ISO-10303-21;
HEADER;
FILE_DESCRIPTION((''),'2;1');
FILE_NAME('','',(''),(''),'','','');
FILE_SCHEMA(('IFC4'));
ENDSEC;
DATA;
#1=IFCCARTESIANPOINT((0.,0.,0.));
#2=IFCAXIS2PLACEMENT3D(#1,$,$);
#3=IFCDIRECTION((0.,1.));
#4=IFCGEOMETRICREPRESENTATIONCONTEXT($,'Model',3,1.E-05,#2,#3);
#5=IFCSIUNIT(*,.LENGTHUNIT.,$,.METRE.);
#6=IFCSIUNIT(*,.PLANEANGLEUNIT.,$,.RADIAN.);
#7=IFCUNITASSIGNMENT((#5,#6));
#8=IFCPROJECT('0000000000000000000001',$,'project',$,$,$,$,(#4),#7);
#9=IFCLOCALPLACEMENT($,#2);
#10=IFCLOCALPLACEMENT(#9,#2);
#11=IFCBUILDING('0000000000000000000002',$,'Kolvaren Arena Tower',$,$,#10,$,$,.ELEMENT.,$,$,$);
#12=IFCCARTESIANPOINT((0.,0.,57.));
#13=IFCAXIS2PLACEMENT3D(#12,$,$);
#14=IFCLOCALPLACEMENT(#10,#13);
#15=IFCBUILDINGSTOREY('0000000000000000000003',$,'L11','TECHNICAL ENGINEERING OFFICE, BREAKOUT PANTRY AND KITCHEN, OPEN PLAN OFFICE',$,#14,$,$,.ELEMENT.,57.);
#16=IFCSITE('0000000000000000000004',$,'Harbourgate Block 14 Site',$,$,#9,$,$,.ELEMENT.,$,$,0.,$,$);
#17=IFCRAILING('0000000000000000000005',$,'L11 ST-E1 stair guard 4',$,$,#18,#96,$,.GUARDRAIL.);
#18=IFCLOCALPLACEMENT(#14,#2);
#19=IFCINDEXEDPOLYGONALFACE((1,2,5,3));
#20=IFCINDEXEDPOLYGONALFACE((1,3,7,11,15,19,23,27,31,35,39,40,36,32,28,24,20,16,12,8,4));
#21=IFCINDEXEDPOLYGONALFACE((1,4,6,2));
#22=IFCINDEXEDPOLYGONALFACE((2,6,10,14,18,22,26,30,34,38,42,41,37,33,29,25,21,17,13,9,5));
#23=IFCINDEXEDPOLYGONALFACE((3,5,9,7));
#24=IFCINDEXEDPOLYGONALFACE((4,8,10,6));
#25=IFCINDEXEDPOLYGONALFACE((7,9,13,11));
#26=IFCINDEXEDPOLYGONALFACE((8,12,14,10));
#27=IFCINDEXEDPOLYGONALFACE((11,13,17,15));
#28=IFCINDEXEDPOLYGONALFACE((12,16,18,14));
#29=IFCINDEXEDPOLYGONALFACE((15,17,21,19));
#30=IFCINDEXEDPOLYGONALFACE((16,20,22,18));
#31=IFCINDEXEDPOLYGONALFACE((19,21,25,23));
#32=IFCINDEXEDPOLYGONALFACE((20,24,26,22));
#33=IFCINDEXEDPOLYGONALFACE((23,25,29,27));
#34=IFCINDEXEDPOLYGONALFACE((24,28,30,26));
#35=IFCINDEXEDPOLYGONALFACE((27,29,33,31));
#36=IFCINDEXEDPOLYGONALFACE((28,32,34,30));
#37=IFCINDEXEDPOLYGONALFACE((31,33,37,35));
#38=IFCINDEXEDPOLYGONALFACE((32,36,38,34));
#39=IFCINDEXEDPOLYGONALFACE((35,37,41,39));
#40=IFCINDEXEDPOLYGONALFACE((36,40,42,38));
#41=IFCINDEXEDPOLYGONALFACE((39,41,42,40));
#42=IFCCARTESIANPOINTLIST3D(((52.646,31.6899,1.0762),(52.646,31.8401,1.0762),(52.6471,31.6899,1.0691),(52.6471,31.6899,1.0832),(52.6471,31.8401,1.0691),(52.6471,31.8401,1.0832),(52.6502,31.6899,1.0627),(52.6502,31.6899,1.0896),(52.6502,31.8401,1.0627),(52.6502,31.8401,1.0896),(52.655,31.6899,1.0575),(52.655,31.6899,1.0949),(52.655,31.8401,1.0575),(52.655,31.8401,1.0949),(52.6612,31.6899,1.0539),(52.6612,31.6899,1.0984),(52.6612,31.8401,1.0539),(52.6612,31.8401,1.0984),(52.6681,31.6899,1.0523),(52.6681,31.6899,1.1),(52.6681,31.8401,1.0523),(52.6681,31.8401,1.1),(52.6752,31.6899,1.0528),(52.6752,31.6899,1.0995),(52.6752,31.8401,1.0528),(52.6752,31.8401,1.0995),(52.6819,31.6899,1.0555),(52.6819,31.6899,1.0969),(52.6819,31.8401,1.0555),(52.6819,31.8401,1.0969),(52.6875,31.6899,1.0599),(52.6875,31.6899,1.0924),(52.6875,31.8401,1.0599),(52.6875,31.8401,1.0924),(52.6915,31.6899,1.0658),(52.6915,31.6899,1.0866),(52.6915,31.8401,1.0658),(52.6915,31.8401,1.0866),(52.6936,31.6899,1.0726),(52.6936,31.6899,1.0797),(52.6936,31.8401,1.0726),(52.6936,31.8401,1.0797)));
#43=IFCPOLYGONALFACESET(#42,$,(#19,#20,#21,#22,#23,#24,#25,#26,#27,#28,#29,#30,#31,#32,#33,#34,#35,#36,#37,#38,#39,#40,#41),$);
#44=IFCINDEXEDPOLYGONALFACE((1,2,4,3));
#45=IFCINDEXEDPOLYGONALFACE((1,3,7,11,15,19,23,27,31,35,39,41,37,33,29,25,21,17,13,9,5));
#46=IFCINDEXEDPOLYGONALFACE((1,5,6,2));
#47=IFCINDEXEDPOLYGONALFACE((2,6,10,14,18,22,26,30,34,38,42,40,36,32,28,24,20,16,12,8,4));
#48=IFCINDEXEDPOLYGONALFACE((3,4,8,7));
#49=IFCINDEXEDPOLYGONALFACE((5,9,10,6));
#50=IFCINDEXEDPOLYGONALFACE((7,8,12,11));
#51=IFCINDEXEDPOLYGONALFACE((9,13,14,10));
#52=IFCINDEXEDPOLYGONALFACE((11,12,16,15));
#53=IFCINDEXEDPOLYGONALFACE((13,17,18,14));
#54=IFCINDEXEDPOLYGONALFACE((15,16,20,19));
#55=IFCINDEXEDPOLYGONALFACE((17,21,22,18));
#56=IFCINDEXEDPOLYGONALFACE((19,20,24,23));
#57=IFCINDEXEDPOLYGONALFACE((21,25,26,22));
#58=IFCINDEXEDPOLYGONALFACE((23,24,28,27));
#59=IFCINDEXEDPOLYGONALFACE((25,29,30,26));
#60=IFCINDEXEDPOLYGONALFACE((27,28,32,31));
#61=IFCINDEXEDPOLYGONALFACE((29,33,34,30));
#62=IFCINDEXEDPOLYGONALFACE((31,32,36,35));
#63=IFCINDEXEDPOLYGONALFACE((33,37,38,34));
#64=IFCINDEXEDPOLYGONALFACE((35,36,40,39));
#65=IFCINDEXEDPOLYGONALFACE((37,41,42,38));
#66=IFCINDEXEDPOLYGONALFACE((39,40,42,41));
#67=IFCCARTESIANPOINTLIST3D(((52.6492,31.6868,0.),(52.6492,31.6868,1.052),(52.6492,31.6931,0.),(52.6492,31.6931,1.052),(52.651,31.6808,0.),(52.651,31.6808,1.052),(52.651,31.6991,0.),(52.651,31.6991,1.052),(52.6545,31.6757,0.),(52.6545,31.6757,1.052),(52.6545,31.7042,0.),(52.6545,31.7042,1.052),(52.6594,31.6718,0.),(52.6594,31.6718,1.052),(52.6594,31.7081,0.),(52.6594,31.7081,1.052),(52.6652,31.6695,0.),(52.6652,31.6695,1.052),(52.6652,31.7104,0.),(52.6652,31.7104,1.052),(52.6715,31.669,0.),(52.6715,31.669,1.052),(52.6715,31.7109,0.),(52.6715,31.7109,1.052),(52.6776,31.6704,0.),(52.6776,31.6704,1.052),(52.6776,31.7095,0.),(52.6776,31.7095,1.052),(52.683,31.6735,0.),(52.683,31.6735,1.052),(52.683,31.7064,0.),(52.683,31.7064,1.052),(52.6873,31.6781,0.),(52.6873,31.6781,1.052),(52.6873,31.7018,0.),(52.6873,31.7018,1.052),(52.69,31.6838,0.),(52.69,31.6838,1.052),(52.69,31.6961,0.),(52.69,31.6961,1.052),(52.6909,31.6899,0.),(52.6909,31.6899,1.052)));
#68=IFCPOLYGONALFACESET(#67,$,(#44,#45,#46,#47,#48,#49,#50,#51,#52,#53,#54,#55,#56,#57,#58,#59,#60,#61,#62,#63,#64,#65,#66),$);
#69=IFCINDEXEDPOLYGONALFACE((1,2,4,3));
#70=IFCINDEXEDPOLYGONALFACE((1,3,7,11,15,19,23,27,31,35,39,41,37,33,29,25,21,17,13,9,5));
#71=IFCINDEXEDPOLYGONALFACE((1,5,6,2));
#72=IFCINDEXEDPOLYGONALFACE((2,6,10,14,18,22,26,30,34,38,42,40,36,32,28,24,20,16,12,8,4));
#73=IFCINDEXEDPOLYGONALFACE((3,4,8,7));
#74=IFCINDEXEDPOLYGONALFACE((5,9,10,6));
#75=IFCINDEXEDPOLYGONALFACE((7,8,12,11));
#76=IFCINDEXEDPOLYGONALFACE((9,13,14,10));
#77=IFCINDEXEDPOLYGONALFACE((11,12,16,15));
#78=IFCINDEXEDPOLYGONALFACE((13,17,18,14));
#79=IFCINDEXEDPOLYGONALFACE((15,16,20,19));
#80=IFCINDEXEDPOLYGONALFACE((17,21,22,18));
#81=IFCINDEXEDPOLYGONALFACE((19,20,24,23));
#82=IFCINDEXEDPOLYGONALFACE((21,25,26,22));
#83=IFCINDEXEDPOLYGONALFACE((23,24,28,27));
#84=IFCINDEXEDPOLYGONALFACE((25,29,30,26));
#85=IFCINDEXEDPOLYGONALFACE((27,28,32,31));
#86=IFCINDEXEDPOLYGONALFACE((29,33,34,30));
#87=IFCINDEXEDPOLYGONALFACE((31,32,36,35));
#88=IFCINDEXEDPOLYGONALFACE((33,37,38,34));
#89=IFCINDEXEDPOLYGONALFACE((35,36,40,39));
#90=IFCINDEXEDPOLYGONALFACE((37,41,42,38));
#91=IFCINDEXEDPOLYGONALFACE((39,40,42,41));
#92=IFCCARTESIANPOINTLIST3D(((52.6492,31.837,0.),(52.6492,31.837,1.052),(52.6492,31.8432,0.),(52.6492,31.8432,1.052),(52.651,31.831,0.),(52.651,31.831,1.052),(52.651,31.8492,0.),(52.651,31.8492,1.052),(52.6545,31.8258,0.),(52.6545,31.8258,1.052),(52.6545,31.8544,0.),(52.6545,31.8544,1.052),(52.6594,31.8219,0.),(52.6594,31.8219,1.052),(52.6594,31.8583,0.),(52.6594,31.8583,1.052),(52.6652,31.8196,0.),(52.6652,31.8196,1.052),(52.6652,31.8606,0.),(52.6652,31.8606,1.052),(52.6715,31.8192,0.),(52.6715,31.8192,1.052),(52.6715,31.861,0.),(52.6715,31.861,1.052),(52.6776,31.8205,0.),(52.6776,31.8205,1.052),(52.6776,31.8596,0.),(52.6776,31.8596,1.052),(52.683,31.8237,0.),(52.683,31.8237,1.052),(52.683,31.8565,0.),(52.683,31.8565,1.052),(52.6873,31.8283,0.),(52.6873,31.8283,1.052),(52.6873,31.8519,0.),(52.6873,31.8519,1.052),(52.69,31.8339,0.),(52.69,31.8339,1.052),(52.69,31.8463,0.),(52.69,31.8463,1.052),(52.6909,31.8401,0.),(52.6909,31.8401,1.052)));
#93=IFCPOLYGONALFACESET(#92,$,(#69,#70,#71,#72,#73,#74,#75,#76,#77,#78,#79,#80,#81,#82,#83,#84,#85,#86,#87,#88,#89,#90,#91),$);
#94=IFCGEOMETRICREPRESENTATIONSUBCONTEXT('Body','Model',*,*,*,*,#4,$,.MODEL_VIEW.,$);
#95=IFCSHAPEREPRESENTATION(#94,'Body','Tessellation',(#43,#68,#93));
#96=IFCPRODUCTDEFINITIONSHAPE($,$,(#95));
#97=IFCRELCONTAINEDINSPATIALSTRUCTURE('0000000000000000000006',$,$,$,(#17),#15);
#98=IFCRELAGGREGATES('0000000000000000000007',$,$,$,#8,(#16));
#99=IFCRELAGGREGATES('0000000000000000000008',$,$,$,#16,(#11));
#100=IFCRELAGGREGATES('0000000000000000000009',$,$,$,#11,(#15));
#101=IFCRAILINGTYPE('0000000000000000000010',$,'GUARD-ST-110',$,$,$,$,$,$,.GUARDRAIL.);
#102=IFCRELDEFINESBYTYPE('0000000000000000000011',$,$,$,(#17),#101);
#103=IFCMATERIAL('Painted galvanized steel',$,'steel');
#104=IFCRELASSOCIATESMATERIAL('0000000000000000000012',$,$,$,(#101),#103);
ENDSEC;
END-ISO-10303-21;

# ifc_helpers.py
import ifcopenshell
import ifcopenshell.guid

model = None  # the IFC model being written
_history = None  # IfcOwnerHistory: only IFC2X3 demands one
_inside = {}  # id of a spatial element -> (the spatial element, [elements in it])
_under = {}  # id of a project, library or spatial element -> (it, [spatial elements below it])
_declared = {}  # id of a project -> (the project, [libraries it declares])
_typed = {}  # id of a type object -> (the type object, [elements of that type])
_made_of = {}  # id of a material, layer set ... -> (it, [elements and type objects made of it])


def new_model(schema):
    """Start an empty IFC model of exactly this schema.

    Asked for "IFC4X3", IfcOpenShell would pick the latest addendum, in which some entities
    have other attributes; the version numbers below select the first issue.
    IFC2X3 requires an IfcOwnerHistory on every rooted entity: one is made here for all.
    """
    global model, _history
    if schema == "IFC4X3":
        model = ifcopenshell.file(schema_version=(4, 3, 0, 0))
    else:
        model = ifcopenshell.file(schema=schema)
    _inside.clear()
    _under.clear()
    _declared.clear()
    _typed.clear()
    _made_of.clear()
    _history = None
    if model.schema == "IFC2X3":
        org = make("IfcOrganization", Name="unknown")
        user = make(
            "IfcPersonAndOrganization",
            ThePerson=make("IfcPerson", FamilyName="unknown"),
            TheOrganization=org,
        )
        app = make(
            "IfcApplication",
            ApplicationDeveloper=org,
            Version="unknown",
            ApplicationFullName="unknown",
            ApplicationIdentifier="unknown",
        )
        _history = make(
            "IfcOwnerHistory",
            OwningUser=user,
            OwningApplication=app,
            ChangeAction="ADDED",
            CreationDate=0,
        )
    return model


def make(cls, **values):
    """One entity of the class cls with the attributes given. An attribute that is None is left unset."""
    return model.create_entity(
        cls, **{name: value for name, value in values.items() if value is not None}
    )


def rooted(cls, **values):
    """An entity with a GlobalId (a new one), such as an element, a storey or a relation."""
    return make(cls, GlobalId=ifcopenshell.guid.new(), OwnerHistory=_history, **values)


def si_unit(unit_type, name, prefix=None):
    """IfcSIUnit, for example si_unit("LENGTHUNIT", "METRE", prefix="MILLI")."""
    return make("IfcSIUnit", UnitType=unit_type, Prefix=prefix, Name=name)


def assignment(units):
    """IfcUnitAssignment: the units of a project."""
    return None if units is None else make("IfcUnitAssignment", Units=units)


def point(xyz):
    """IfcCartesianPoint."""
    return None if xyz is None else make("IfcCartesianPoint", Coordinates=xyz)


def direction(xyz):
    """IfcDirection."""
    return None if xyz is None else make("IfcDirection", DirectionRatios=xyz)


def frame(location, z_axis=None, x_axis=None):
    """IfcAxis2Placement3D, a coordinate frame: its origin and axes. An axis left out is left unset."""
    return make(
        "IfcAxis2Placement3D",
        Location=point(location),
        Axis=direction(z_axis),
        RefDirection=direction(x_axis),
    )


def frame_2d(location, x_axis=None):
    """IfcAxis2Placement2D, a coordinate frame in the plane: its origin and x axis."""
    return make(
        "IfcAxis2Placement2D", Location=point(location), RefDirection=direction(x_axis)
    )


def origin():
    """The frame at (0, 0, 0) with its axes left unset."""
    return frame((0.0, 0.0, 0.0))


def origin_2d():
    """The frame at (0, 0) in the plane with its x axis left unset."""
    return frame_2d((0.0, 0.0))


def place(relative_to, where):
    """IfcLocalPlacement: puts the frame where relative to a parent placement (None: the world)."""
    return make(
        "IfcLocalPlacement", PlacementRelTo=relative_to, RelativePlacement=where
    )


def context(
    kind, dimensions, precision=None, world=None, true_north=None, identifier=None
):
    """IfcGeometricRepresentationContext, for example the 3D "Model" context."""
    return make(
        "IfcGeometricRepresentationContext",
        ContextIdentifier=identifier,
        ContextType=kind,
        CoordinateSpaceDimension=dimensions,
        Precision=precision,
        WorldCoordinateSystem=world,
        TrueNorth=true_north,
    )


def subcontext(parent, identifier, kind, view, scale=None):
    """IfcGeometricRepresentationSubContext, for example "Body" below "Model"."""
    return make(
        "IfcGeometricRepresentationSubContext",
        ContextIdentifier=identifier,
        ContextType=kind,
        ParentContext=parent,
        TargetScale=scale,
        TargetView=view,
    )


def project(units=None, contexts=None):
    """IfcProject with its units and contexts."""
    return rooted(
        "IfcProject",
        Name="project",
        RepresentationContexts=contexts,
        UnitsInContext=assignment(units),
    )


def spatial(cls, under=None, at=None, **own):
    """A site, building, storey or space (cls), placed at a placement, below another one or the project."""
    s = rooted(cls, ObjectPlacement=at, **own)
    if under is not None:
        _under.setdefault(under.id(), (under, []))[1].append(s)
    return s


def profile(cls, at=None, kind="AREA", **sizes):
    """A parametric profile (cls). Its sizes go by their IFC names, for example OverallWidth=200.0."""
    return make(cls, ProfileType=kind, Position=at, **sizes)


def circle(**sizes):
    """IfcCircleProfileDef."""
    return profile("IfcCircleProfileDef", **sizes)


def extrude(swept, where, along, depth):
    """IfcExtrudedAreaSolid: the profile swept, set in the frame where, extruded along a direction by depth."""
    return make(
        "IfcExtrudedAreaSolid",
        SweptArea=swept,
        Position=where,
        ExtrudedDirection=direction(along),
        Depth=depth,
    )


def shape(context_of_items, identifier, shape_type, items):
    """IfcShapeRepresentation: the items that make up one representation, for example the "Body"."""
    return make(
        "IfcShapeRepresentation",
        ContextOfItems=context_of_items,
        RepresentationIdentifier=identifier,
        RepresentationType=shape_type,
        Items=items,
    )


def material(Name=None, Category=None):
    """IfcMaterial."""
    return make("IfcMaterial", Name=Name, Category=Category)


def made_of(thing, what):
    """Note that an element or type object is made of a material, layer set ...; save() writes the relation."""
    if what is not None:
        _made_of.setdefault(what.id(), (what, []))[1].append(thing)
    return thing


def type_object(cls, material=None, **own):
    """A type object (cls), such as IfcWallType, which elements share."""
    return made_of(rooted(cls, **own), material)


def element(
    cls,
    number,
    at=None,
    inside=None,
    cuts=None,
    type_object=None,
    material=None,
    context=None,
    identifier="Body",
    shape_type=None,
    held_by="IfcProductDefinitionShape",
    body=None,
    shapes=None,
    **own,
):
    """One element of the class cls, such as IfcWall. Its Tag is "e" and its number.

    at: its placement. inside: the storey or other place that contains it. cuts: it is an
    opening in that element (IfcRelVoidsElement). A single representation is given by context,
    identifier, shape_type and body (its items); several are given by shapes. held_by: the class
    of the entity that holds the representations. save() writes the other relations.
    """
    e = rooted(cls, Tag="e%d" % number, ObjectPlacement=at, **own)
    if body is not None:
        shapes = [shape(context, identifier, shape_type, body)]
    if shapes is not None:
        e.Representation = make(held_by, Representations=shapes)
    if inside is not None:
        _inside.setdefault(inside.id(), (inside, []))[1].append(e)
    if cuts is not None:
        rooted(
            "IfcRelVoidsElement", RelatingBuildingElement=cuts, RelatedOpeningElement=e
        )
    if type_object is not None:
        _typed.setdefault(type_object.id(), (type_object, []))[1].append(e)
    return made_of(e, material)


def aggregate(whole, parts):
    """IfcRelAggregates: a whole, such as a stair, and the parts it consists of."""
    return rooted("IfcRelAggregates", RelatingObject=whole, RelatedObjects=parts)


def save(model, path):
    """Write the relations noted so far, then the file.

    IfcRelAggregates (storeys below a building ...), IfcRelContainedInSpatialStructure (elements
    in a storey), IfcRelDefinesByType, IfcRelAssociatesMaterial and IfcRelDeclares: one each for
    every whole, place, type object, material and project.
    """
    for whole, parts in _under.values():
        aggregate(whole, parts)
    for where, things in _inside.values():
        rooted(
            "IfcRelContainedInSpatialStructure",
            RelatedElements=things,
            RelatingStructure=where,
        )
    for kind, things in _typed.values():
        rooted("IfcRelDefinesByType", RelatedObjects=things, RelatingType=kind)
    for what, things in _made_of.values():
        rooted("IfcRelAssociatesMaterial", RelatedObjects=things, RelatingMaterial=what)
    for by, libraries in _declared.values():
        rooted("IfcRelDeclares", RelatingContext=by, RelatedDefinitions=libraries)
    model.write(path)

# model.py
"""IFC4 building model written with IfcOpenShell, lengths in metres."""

from ifc_helpers import new_model, si_unit, direction, frame, origin, origin_2d, place, context, subcontext, project, spatial, circle, extrude, material, type_object, element, save


model = new_model("IFC4")

# Units and contexts
model_context = context("Model", 3, precision=1e-05, world=origin(), true_north=direction((0.0, 1.0)))
body_context = subcontext(model_context, "Body", "Model", "MODEL_VIEW")
ifc_project = project(units=[si_unit("LENGTHUNIT", "METRE"), si_unit("PLANEANGLEUNIT", "RADIAN")], contexts=[model_context])

# Site, building, storey
site_placement = place(None, origin())
site = spatial("IfcSite", under=ifc_project, at=site_placement, Name="Harbourgate Block 14 Site", CompositionType="ELEMENT", RefElevation=0.0)
building_placement = place(site_placement, origin())
building = spatial("IfcBuilding", under=site, at=building_placement, Name="Kolvaren Arena Tower", CompositionType="ELEMENT")
storey_placement = place(building_placement, frame((0.0, 0.0, 57.0)))
storey = spatial("IfcBuildingStorey", under=building, at=storey_placement, Name="L11", Description="TECHNICAL ENGINEERING OFFICE, BREAKOUT PANTRY AND KITCHEN, OPEN PLAN OFFICE", CompositionType="ELEMENT", Elevation=57.0)

# Railing
ifc_material_1 = material(Name="Painted galvanized steel", Category="steel")
railing_type_1 = type_object("IfcRailingType", Name="GUARD-ST-110", PredefinedType="GUARDRAIL", material=ifc_material_1)
railing_1_placement = place(storey_placement, frame((52.6699, 31.6899, 0.0)))
element("IfcRailing", 1, at=railing_1_placement, inside=storey, type_object=railing_type_1, Name="L11 ST-E1 stair guard 4", PredefinedType="GUARDRAIL", context=body_context, shape_type="SweptSolid", body=[
    extrude(circle(Radius=0.0239, at=origin_2d()), frame((0.0, 0.0, 1.0762), z_axis=(0.0, 1.0, 0.0), x_axis=(-1.0, 0.0, 0.0)), (0.0, 0.0, 1.0), 0.1501),
    extrude(circle(Radius=0.021, at=origin_2d()), origin(), (0.0, 0.0, 1.0), 1.052),
    extrude(circle(Radius=0.021, at=origin_2d()), frame((0.0, 0.1501, 0.0)), (0.0, 0.0, 1.0), 1.052),
])

save(model, "model.ifc")
